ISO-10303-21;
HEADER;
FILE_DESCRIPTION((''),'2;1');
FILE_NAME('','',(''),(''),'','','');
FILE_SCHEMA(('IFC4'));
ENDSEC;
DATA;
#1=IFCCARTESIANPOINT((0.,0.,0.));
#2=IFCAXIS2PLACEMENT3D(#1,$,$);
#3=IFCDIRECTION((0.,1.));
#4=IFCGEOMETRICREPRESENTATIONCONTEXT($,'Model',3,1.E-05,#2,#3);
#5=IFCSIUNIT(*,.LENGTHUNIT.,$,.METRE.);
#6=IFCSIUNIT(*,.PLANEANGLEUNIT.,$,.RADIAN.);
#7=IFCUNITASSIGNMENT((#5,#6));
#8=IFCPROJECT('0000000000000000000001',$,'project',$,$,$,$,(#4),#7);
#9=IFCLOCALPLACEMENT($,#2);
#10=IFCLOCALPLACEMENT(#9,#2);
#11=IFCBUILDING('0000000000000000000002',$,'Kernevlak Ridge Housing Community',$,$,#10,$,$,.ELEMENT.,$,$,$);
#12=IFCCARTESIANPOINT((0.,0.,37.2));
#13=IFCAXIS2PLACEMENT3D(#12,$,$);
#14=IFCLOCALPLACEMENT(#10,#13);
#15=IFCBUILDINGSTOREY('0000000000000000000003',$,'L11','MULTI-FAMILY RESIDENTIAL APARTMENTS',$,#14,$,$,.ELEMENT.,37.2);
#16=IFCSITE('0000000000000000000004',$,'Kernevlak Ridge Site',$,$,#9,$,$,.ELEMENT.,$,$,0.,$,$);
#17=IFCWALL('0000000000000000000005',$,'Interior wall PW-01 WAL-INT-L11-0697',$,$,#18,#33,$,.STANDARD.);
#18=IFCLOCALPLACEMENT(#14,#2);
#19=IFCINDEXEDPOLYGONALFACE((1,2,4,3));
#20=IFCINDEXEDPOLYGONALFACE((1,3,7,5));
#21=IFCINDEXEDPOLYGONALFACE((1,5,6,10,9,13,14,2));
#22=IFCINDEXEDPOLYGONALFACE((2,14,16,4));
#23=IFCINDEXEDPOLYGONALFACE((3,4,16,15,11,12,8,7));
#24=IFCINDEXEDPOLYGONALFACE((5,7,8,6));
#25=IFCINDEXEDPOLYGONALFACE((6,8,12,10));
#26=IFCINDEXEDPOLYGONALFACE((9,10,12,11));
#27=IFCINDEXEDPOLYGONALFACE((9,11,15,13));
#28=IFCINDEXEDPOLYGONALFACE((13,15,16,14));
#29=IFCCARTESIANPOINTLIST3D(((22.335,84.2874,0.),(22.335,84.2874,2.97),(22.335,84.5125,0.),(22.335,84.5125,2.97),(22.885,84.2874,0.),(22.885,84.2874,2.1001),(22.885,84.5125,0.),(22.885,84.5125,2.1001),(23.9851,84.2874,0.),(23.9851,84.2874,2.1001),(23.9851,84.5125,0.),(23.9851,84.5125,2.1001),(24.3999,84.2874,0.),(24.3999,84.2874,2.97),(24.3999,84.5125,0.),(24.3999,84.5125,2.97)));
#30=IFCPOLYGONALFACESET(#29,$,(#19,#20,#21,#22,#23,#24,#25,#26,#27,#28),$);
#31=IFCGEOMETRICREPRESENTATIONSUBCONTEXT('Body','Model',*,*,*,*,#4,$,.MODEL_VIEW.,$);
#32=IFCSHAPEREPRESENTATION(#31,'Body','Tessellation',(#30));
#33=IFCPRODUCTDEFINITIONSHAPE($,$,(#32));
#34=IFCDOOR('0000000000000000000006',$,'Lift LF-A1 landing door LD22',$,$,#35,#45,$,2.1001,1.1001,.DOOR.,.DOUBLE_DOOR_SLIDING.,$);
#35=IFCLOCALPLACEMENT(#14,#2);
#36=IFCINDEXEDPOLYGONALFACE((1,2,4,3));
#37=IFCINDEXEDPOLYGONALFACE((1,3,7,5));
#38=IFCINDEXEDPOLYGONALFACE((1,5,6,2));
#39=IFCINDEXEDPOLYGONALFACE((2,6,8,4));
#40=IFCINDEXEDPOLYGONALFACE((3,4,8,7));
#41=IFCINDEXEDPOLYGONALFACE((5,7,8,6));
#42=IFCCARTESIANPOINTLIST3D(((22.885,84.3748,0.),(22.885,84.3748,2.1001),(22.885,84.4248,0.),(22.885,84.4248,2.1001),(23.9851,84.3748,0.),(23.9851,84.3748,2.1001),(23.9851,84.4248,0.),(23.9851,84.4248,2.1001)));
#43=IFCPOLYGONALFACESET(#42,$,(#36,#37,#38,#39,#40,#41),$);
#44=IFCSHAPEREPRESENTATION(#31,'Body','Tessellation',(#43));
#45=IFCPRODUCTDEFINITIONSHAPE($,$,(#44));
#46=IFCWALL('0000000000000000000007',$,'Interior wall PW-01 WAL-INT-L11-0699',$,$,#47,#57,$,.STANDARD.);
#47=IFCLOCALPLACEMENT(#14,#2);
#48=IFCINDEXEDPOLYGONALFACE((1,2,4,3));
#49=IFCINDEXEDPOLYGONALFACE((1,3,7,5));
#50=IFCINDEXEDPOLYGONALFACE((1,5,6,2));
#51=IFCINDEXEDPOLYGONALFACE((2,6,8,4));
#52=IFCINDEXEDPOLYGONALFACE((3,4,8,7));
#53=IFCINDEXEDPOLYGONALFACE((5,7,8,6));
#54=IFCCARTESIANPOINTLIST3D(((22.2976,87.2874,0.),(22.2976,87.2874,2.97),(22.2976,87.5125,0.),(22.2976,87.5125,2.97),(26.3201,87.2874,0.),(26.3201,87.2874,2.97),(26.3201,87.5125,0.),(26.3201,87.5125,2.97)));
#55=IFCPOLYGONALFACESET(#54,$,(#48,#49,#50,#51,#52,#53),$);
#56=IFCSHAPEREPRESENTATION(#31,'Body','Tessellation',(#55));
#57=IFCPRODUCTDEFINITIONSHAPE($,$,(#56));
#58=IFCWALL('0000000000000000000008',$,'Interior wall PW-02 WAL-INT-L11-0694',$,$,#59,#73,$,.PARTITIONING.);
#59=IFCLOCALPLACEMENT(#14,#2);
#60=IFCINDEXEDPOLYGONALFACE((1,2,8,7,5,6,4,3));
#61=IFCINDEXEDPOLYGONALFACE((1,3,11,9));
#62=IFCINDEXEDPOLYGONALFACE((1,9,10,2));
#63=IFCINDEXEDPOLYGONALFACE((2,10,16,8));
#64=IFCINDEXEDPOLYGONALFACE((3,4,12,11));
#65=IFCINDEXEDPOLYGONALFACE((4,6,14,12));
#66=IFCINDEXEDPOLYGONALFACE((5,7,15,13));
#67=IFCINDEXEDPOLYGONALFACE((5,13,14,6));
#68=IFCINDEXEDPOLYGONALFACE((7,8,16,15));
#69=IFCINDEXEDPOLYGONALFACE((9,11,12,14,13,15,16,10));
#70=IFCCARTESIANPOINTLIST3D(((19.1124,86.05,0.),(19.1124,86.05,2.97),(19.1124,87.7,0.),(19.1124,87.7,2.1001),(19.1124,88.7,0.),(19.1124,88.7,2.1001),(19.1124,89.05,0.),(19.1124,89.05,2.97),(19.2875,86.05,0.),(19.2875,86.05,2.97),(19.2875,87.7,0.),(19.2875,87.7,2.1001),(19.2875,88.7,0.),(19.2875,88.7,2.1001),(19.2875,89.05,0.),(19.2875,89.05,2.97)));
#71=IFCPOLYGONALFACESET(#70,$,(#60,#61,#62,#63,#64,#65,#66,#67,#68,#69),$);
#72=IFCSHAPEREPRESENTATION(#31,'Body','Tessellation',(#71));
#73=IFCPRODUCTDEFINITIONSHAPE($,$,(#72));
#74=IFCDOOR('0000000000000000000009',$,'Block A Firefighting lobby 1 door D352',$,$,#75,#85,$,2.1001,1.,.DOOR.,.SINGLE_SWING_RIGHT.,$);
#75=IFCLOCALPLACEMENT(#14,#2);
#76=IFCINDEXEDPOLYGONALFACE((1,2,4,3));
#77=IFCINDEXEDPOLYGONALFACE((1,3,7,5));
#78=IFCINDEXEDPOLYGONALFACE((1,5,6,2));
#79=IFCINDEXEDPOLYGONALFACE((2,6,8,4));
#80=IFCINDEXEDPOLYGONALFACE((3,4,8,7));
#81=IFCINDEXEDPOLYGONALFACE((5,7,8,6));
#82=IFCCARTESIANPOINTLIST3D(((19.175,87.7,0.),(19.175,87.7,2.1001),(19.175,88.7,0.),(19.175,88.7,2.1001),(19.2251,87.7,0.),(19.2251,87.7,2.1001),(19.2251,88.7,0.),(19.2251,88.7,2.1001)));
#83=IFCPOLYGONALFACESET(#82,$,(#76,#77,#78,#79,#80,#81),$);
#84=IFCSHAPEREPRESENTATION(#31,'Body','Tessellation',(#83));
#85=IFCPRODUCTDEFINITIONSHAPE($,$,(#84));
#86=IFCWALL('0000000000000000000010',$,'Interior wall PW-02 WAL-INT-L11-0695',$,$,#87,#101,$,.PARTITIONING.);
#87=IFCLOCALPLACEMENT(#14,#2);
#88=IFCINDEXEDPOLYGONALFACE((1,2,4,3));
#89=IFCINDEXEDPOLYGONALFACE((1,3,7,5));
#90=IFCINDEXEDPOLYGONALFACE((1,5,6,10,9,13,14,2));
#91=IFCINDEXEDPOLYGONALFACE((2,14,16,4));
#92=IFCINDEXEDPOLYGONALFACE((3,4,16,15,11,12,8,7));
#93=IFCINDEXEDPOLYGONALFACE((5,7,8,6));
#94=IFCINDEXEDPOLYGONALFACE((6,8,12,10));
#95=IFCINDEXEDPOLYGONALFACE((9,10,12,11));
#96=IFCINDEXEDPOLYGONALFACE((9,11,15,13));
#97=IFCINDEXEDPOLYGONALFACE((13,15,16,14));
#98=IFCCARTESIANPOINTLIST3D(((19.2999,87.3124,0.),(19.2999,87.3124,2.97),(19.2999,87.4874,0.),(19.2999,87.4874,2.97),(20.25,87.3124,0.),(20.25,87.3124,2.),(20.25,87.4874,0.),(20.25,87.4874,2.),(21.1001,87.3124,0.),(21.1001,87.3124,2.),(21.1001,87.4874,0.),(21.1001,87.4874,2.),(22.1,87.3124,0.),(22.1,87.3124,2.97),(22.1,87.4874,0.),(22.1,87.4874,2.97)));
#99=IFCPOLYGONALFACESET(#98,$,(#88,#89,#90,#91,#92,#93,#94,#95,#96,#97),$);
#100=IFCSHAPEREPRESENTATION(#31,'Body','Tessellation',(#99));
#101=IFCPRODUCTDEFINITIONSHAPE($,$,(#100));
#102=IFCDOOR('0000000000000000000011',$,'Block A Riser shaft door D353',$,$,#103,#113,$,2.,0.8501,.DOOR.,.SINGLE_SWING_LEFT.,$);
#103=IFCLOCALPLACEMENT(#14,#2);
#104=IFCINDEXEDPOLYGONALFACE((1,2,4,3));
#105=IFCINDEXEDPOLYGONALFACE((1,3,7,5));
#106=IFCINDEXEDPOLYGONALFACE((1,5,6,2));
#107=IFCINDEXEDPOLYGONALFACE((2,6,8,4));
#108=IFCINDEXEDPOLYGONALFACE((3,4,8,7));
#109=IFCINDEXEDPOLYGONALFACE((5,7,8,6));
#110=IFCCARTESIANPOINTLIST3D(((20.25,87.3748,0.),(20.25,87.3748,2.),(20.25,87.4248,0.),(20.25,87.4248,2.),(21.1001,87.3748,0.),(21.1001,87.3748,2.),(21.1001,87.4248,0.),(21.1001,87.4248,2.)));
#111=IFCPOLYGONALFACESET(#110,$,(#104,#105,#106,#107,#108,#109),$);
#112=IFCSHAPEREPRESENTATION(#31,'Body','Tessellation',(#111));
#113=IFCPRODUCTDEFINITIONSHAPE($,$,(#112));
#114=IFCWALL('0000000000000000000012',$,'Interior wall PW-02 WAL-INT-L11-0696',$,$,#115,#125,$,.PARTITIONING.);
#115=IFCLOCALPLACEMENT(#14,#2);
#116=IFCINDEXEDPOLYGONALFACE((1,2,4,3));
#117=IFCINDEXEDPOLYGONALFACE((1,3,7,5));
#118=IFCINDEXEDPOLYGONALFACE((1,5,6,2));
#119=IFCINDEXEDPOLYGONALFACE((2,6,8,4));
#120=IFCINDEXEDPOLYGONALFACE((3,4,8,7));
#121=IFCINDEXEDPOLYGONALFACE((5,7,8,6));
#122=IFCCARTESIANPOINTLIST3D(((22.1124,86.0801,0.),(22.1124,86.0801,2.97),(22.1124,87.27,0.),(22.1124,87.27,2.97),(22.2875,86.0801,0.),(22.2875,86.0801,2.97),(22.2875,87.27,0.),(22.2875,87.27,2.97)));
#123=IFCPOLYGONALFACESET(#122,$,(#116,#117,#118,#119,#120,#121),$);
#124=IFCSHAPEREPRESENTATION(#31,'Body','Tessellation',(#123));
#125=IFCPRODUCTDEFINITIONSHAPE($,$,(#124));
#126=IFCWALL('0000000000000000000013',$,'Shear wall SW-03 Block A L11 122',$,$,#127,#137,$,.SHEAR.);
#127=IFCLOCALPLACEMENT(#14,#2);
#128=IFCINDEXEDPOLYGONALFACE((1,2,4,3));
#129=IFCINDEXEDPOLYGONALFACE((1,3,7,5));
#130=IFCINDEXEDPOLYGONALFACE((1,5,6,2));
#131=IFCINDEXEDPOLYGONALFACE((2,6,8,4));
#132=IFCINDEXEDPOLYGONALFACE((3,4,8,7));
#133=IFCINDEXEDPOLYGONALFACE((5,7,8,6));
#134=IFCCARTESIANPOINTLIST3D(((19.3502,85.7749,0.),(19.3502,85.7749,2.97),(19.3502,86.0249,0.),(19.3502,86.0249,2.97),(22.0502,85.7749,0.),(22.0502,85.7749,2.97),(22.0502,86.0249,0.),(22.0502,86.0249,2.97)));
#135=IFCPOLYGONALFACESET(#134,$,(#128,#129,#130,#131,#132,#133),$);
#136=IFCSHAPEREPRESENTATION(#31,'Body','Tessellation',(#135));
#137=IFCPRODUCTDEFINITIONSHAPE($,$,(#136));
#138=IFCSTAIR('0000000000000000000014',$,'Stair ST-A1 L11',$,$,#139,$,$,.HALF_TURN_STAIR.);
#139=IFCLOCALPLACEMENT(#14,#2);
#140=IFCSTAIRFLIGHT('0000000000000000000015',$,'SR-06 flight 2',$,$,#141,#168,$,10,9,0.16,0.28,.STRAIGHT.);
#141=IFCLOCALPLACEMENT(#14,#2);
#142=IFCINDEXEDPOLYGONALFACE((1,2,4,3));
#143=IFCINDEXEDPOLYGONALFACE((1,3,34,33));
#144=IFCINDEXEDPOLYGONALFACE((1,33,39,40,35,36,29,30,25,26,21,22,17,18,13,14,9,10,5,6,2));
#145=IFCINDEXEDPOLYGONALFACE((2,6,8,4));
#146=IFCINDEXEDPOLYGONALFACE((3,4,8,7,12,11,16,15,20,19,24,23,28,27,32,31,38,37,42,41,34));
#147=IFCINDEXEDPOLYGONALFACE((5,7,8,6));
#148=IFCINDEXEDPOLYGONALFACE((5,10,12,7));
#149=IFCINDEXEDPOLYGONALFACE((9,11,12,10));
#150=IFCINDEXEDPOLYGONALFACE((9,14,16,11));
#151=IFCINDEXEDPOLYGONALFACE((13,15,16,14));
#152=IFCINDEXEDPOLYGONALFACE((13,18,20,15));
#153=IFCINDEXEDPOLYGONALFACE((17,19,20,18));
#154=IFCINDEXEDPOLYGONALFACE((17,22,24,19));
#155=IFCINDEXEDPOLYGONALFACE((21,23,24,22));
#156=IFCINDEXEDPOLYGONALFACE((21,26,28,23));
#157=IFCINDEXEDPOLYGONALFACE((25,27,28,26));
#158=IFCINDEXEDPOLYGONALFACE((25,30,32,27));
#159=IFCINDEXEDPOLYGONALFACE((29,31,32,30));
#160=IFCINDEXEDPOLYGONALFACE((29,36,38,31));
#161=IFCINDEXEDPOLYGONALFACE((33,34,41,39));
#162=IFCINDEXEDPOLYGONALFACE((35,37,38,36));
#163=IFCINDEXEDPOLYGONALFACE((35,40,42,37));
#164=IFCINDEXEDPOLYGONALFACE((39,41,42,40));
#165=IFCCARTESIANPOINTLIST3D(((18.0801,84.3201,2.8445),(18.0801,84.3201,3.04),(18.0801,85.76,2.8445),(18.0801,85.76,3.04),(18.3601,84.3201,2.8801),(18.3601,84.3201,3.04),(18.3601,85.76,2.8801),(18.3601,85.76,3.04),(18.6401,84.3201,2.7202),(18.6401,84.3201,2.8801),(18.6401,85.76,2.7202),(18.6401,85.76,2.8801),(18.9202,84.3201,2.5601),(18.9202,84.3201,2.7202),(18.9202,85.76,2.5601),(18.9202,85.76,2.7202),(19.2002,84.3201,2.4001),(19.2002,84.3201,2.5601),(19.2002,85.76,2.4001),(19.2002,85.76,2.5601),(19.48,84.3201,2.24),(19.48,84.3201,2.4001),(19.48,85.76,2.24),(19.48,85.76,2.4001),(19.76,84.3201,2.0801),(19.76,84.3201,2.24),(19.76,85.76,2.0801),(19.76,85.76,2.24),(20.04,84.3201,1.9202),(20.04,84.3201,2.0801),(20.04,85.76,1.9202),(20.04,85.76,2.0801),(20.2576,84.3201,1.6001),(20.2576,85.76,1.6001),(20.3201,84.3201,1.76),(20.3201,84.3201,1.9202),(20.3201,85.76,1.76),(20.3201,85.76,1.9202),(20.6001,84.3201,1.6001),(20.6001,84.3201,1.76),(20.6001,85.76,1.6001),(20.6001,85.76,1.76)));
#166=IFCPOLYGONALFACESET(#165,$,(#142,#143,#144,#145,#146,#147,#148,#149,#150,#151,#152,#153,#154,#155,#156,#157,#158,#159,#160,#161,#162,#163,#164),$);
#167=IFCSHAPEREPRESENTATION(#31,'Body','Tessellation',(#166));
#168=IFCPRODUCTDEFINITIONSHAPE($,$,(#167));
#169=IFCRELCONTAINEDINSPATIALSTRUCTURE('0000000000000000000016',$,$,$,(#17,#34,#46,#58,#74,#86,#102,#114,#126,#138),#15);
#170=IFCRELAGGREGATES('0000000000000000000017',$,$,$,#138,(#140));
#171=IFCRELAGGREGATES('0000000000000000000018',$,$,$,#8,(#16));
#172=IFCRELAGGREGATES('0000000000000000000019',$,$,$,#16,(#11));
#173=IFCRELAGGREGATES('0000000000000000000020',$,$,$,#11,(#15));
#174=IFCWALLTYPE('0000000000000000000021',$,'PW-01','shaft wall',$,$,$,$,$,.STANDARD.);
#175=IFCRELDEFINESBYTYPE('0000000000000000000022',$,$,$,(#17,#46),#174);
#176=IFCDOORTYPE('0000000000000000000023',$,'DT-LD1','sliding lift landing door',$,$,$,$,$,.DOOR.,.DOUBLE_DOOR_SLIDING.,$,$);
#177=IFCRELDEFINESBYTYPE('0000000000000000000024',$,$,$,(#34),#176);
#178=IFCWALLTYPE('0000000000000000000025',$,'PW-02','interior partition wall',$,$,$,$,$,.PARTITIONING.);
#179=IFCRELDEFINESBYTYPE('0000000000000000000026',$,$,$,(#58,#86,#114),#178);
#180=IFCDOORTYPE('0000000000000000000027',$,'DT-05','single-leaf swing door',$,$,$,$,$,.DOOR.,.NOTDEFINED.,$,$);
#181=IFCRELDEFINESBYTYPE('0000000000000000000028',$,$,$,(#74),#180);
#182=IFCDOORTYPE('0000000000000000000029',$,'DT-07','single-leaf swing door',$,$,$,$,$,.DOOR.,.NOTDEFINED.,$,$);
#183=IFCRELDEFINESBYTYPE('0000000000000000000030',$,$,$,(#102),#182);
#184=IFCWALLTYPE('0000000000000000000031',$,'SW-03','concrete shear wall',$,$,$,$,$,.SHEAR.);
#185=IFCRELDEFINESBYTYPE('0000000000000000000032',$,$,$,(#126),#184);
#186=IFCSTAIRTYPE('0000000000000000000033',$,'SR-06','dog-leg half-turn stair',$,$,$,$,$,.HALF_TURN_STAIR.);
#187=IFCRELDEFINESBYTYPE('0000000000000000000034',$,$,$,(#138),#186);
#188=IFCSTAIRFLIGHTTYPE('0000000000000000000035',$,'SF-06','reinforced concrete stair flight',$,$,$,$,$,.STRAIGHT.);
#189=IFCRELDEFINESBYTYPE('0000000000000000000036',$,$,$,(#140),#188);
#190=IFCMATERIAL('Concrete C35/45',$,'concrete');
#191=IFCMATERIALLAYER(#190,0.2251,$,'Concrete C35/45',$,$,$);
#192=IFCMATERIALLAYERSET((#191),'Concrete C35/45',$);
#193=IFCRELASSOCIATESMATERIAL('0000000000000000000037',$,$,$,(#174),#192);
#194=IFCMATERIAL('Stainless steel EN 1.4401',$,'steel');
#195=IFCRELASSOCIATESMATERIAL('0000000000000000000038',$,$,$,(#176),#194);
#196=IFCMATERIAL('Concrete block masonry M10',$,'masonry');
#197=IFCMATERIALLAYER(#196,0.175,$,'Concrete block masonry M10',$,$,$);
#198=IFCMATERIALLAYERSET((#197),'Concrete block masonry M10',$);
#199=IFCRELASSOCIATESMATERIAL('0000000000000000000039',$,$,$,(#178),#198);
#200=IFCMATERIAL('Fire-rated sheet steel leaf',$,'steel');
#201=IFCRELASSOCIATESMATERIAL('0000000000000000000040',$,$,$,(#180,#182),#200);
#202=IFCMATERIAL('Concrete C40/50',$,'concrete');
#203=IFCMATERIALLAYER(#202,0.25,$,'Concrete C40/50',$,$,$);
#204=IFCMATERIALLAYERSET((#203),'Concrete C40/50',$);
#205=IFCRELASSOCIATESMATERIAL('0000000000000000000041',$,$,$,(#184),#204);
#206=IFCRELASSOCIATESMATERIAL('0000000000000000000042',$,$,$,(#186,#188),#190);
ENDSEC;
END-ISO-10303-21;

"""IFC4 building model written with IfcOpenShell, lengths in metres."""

from ifc_helpers import new_model, si_unit, direction, frame, frame_2d, origin, place, context, subcontext, project, spatial, polyline, rectangle, outline, extrude, material, layer, layer_set, type_object, element, fill, aggregate, save


model = new_model("IFC4")

# Units and contexts
model_context = context("Model", 3, precision=1e-05, world=origin(), true_north=direction((0.0, 1.0)))
body_context = subcontext(model_context, "Body", "Model", "MODEL_VIEW")
ifc_project = project(units=[si_unit("LENGTHUNIT", "METRE"), si_unit("PLANEANGLEUNIT", "RADIAN")], contexts=[model_context])

# Site, building, storey
site_placement = place(None, origin())
site = spatial("IfcSite", under=ifc_project, at=site_placement, Name="Kernevlak Ridge Site", CompositionType="ELEMENT", RefElevation=0.0)
building_placement = place(site_placement, origin())
building = spatial("IfcBuilding", under=site, at=building_placement, Name="Kernevlak Ridge Housing Community", CompositionType="ELEMENT")
storey_placement = place(building_placement, frame((0.0, 0.0, 37.2)))
storey = spatial("IfcBuildingStorey", under=building, at=storey_placement, Name="L11", Description="MULTI-FAMILY RESIDENTIAL APARTMENTS", CompositionType="ELEMENT", Elevation=37.2)

# Wall, opening, door
ifc_material_1 = material(Name="Concrete C35/45", Category="concrete")
ifc_layer_1 = layer(ifc_material_1, 0.2251, Name="Concrete C35/45")
ifc_layer_set_1 = layer_set([ifc_layer_1], Name="Concrete C35/45")
wall_type_1 = type_object("IfcWallType", Name="PW-01", Description="shaft wall", PredefinedType="STANDARD", material=ifc_layer_set_1)
ifc_material_2 = material(Name="Fire-rated sheet steel leaf", Category="steel")
wall_1_placement = place(storey_placement, frame((22.335, 84.3999, 0.0), z_axis=(0.0, 0.0, 1.0), x_axis=(1.0, 0.0, 0.0)))
wall_1 = element("IfcWall", 1, at=wall_1_placement, inside=storey, type_object=wall_type_1, Name="Interior wall PW-01 WAL-INT-L11-0697", PredefinedType="STANDARD", context=body_context, shape_type="SweptSolid", body=[
    extrude(rectangle(XDim=2.0649, YDim=0.2251, at=frame_2d((1.0325, 0.0))), origin(), (0.0, 0.0, 1.0), 2.97),
])
opening_1_placement = place(wall_1_placement, frame((0.55, 0.0, 0.0)))
opening_1 = element("IfcOpeningElement", 2, at=opening_1_placement, cuts=wall_1, PredefinedType="OPENING", context=body_context, shape_type="SweptSolid", body=[
    extrude(rectangle(XDim=1.1001, YDim=2.1001, at=frame_2d((0.55, 1.05))), frame((0.0, 0.1226, 0.0), z_axis=(0.0, -1.0, 0.0), x_axis=(1.0, 0.0, 0.0)), (0.0, 0.0, 1.0), 0.2451),
])
ifc_material_3 = material(Name="Stainless steel EN 1.4401", Category="steel")
door_type_1 = type_object("IfcDoorType", Name="DT-LD1", Description="sliding lift landing door", OperationType="DOUBLE_DOOR_SLIDING", PredefinedType="DOOR", material=ifc_material_3)
door_1_placement = place(opening_1_placement, origin())
door_1 = element("IfcDoor", 3, at=door_1_placement, inside=storey, type_object=door_type_1, Name="Lift LF-A1 landing door LD22", OperationType="DOUBLE_DOOR_SLIDING", OverallHeight=2.1001, OverallWidth=1.1001, PredefinedType="DOOR", context=body_context, shape_type="SweptSolid", body=[
    extrude(rectangle(XDim=1.1001, YDim=2.1001, at=frame_2d((0.55, 1.05))), frame((0.0, 0.0249, 0.0), z_axis=(0.0, -1.0, 0.0), x_axis=(1.0, 0.0, 0.0)), (0.0, 0.0, 1.0), 0.05),
])
fill(opening_1, door_1)

# Wall
wall_2_placement = place(storey_placement, frame((22.2976, 87.3999, 0.0), z_axis=(0.0, 0.0, 1.0), x_axis=(1.0, 0.0, 0.0)))
element("IfcWall", 4, at=wall_2_placement, inside=storey, type_object=wall_type_1, Name="Interior wall PW-01 WAL-INT-L11-0699", PredefinedType="STANDARD", context=body_context, shape_type="SweptSolid", body=[
    extrude(rectangle(XDim=4.0225, YDim=0.2251, at=frame_2d((2.0112, 0.0))), origin(), (0.0, 0.0, 1.0), 2.97),
])

# Walls, openings, doors
ifc_material_4 = material(Name="Concrete block masonry M10", Category="masonry")
ifc_layer_2 = layer(ifc_material_4, 0.175, Name="Concrete block masonry M10")
ifc_layer_set_2 = layer_set([ifc_layer_2], Name="Concrete block masonry M10")
wall_type_2 = type_object("IfcWallType", Name="PW-02", Description="interior partition wall", PredefinedType="PARTITIONING", material=ifc_layer_set_2)
wall_3_placement = place(storey_placement, frame((19.2, 86.05, 0.0), z_axis=(0.0, 0.0, 1.0), x_axis=(0.0, 1.0, 0.0)))
wall_3 = element("IfcWall", 5, at=wall_3_placement, inside=storey, type_object=wall_type_2, Name="Interior wall PW-02 WAL-INT-L11-0694", PredefinedType="PARTITIONING", context=body_context, shape_type="SweptSolid", body=[
    extrude(rectangle(XDim=3.0, YDim=0.175, at=frame_2d((1.5, 0.0))), origin(), (0.0, 0.0, 1.0), 2.97),
])
opening_2_placement = place(wall_3_placement, frame((1.6499, 0.0, 0.0)))
opening_2 = element("IfcOpeningElement", 6, at=opening_2_placement, cuts=wall_3, PredefinedType="OPENING", context=body_context, shape_type="SweptSolid", body=[
    extrude(rectangle(XDim=1.0, YDim=2.1001, at=frame_2d((0.5, 1.05))), frame((0.0, 0.0974, 0.0), z_axis=(0.0, -1.0, 0.0), x_axis=(1.0, 0.0, 0.0)), (0.0, 0.0, 1.0), 0.1951),
])
door_type_2 = type_object("IfcDoorType", Name="DT-05", Description="single-leaf swing door", OperationType="NOTDEFINED", PredefinedType="DOOR", material=ifc_material_2)
door_2_placement = place(opening_2_placement, origin())
door_2 = element("IfcDoor", 7, at=door_2_placement, inside=storey, type_object=door_type_2, Name="Block A Firefighting lobby 1 door D352", OperationType="SINGLE_SWING_RIGHT", OverallHeight=2.1001, OverallWidth=1.0, PredefinedType="DOOR", context=body_context, shape_type="SweptSolid", body=[
    extrude(rectangle(XDim=1.0, YDim=2.1001, at=frame_2d((0.5, 1.05))), frame((0.0, 0.0249, 0.0), z_axis=(0.0, -1.0, 0.0), x_axis=(1.0, 0.0, 0.0)), (0.0, 0.0, 1.0), 0.05),
])
fill(opening_2, door_2)
wall_4_placement = place(storey_placement, frame((19.3, 87.3999, 0.0), z_axis=(0.0, 0.0, 1.0), x_axis=(1.0, 0.0, 0.0)))
wall_4 = element("IfcWall", 8, at=wall_4_placement, inside=storey, type_object=wall_type_2, Name="Interior wall PW-02 WAL-INT-L11-0695", PredefinedType="PARTITIONING", context=body_context, shape_type="SweptSolid", body=[
    extrude(rectangle(XDim=2.8, YDim=0.175, at=frame_2d((1.3999, 0.0))), origin(), (0.0, 0.0, 1.0), 2.97),
])
opening_3_placement = place(wall_4_placement, frame((0.95, 0.0, 0.0)))
opening_3 = element("IfcOpeningElement", 9, at=opening_3_placement, cuts=wall_4, PredefinedType="OPENING", context=body_context, shape_type="SweptSolid", body=[
    extrude(rectangle(XDim=0.8501, YDim=2.0, at=frame_2d((0.425, 1.0))), frame((0.0, 0.0974, 0.0), z_axis=(0.0, -1.0, 0.0), x_axis=(1.0, 0.0, 0.0)), (0.0, 0.0, 1.0), 0.1951),
])
door_type_3 = type_object("IfcDoorType", Name="DT-07", Description="single-leaf swing door", OperationType="NOTDEFINED", PredefinedType="DOOR", material=ifc_material_2)
door_3_placement = place(opening_3_placement, origin())
door_3 = element("IfcDoor", 10, at=door_3_placement, inside=storey, type_object=door_type_3, Name="Block A Riser shaft door D353", OperationType="SINGLE_SWING_LEFT", OverallHeight=2.0, OverallWidth=0.8501, PredefinedType="DOOR", context=body_context, shape_type="SweptSolid", body=[
    extrude(rectangle(XDim=0.8501, YDim=2.0, at=frame_2d((0.425, 1.0))), frame((0.0, 0.0249, 0.0), z_axis=(0.0, -1.0, 0.0), x_axis=(1.0, 0.0, 0.0)), (0.0, 0.0, 1.0), 0.05),
])
fill(opening_3, door_3)

# Walls
wall_5_placement = place(storey_placement, frame((22.2, 86.0801, 0.0), z_axis=(0.0, 0.0, 1.0), x_axis=(0.0, 1.0, 0.0)))
element("IfcWall", 11, at=wall_5_placement, inside=storey, type_object=wall_type_2, Name="Interior wall PW-02 WAL-INT-L11-0696", PredefinedType="PARTITIONING", context=body_context, shape_type="SweptSolid", body=[
    extrude(rectangle(XDim=1.1899, YDim=0.175, at=frame_2d((0.595, 0.0))), origin(), (0.0, 0.0, 1.0), 2.97),
])
ifc_material_5 = material(Name="Concrete C40/50", Category="concrete")
ifc_layer_3 = layer(ifc_material_5, 0.25, Name="Concrete C40/50")
ifc_layer_set_3 = layer_set([ifc_layer_3], Name="Concrete C40/50")
wall_type_3 = type_object("IfcWallType", Name="SW-03", Description="concrete shear wall", PredefinedType="SHEAR", material=ifc_layer_set_3)
wall_6_placement = place(storey_placement, frame((19.3501, 85.8999, 0.0), z_axis=(0.0, 0.0, 1.0), x_axis=(1.0, 0.0, 0.0)))
element("IfcWall", 12, at=wall_6_placement, inside=storey, type_object=wall_type_3, Name="Shear wall SW-03 Block A L11 122", PredefinedType="SHEAR", context=body_context, shape_type="SweptSolid", body=[
    extrude(rectangle(XDim=2.7, YDim=0.25, at=frame_2d((1.3501, 0.0))), origin(), (0.0, 0.0, 1.0), 2.97),
])

# Stair, stair flight
stair_type = type_object("IfcStairType", Name="SR-06", Description="dog-leg half-turn stair", PredefinedType="HALF_TURN_STAIR", material=ifc_material_1)
stair_placement = place(storey_placement, origin())
stair = element("IfcStair", 13, at=stair_placement, inside=storey, type_object=stair_type, Name="Stair ST-A1 L11", PredefinedType="HALF_TURN_STAIR")
stair_flight_type = type_object("IfcStairFlightType", Name="SF-06", Description="reinforced concrete stair flight", PredefinedType="STRAIGHT", material=ifc_material_1)
stair_flight_placement = place(storey_placement, frame((20.6001, 85.04, 1.6001), z_axis=(0.0, 0.0, 1.0), x_axis=(-1.0, 0.0, 0.0)))
stair_flight = element("IfcStairFlight", 14, at=stair_flight_placement, type_object=stair_flight_type, Name="SR-06 flight 2", NumberOfRisers=10, NumberOfTreads=9, PredefinedType="STRAIGHT", RiserHeight=0.16, TreadLength=0.28, context=body_context, shape_type="SweptSolid", body=[
    extrude(outline(polyline([(0.0, 0.0), (0.0, 0.1599), (0.28, 0.1599), (0.28, 0.3201), (0.5601, 0.3201), (0.5601, 0.48), (0.8401, 0.48), (0.8401, 0.6399), (1.1201, 0.6399), (1.1201, 0.8), (1.3999, 0.8), (1.3999, 0.96), (1.6799, 0.96), (1.6799, 1.1201), (1.96, 1.1201), (1.96, 1.28), (2.24, 1.28), (2.24, 1.4399), (2.52, 1.4399), (2.52, 1.6001), (2.52, 1.2444), (0.3425, 0.0), (0.0, 0.0)])), frame((0.0, 0.72, 0.0), z_axis=(0.0, -1.0, 0.0), x_axis=(1.0, 0.0, 0.0)), (0.0, 0.0, 1.0), 1.4399),
])
aggregate(stair, [stair_flight])

save(model, "model.ifc")
